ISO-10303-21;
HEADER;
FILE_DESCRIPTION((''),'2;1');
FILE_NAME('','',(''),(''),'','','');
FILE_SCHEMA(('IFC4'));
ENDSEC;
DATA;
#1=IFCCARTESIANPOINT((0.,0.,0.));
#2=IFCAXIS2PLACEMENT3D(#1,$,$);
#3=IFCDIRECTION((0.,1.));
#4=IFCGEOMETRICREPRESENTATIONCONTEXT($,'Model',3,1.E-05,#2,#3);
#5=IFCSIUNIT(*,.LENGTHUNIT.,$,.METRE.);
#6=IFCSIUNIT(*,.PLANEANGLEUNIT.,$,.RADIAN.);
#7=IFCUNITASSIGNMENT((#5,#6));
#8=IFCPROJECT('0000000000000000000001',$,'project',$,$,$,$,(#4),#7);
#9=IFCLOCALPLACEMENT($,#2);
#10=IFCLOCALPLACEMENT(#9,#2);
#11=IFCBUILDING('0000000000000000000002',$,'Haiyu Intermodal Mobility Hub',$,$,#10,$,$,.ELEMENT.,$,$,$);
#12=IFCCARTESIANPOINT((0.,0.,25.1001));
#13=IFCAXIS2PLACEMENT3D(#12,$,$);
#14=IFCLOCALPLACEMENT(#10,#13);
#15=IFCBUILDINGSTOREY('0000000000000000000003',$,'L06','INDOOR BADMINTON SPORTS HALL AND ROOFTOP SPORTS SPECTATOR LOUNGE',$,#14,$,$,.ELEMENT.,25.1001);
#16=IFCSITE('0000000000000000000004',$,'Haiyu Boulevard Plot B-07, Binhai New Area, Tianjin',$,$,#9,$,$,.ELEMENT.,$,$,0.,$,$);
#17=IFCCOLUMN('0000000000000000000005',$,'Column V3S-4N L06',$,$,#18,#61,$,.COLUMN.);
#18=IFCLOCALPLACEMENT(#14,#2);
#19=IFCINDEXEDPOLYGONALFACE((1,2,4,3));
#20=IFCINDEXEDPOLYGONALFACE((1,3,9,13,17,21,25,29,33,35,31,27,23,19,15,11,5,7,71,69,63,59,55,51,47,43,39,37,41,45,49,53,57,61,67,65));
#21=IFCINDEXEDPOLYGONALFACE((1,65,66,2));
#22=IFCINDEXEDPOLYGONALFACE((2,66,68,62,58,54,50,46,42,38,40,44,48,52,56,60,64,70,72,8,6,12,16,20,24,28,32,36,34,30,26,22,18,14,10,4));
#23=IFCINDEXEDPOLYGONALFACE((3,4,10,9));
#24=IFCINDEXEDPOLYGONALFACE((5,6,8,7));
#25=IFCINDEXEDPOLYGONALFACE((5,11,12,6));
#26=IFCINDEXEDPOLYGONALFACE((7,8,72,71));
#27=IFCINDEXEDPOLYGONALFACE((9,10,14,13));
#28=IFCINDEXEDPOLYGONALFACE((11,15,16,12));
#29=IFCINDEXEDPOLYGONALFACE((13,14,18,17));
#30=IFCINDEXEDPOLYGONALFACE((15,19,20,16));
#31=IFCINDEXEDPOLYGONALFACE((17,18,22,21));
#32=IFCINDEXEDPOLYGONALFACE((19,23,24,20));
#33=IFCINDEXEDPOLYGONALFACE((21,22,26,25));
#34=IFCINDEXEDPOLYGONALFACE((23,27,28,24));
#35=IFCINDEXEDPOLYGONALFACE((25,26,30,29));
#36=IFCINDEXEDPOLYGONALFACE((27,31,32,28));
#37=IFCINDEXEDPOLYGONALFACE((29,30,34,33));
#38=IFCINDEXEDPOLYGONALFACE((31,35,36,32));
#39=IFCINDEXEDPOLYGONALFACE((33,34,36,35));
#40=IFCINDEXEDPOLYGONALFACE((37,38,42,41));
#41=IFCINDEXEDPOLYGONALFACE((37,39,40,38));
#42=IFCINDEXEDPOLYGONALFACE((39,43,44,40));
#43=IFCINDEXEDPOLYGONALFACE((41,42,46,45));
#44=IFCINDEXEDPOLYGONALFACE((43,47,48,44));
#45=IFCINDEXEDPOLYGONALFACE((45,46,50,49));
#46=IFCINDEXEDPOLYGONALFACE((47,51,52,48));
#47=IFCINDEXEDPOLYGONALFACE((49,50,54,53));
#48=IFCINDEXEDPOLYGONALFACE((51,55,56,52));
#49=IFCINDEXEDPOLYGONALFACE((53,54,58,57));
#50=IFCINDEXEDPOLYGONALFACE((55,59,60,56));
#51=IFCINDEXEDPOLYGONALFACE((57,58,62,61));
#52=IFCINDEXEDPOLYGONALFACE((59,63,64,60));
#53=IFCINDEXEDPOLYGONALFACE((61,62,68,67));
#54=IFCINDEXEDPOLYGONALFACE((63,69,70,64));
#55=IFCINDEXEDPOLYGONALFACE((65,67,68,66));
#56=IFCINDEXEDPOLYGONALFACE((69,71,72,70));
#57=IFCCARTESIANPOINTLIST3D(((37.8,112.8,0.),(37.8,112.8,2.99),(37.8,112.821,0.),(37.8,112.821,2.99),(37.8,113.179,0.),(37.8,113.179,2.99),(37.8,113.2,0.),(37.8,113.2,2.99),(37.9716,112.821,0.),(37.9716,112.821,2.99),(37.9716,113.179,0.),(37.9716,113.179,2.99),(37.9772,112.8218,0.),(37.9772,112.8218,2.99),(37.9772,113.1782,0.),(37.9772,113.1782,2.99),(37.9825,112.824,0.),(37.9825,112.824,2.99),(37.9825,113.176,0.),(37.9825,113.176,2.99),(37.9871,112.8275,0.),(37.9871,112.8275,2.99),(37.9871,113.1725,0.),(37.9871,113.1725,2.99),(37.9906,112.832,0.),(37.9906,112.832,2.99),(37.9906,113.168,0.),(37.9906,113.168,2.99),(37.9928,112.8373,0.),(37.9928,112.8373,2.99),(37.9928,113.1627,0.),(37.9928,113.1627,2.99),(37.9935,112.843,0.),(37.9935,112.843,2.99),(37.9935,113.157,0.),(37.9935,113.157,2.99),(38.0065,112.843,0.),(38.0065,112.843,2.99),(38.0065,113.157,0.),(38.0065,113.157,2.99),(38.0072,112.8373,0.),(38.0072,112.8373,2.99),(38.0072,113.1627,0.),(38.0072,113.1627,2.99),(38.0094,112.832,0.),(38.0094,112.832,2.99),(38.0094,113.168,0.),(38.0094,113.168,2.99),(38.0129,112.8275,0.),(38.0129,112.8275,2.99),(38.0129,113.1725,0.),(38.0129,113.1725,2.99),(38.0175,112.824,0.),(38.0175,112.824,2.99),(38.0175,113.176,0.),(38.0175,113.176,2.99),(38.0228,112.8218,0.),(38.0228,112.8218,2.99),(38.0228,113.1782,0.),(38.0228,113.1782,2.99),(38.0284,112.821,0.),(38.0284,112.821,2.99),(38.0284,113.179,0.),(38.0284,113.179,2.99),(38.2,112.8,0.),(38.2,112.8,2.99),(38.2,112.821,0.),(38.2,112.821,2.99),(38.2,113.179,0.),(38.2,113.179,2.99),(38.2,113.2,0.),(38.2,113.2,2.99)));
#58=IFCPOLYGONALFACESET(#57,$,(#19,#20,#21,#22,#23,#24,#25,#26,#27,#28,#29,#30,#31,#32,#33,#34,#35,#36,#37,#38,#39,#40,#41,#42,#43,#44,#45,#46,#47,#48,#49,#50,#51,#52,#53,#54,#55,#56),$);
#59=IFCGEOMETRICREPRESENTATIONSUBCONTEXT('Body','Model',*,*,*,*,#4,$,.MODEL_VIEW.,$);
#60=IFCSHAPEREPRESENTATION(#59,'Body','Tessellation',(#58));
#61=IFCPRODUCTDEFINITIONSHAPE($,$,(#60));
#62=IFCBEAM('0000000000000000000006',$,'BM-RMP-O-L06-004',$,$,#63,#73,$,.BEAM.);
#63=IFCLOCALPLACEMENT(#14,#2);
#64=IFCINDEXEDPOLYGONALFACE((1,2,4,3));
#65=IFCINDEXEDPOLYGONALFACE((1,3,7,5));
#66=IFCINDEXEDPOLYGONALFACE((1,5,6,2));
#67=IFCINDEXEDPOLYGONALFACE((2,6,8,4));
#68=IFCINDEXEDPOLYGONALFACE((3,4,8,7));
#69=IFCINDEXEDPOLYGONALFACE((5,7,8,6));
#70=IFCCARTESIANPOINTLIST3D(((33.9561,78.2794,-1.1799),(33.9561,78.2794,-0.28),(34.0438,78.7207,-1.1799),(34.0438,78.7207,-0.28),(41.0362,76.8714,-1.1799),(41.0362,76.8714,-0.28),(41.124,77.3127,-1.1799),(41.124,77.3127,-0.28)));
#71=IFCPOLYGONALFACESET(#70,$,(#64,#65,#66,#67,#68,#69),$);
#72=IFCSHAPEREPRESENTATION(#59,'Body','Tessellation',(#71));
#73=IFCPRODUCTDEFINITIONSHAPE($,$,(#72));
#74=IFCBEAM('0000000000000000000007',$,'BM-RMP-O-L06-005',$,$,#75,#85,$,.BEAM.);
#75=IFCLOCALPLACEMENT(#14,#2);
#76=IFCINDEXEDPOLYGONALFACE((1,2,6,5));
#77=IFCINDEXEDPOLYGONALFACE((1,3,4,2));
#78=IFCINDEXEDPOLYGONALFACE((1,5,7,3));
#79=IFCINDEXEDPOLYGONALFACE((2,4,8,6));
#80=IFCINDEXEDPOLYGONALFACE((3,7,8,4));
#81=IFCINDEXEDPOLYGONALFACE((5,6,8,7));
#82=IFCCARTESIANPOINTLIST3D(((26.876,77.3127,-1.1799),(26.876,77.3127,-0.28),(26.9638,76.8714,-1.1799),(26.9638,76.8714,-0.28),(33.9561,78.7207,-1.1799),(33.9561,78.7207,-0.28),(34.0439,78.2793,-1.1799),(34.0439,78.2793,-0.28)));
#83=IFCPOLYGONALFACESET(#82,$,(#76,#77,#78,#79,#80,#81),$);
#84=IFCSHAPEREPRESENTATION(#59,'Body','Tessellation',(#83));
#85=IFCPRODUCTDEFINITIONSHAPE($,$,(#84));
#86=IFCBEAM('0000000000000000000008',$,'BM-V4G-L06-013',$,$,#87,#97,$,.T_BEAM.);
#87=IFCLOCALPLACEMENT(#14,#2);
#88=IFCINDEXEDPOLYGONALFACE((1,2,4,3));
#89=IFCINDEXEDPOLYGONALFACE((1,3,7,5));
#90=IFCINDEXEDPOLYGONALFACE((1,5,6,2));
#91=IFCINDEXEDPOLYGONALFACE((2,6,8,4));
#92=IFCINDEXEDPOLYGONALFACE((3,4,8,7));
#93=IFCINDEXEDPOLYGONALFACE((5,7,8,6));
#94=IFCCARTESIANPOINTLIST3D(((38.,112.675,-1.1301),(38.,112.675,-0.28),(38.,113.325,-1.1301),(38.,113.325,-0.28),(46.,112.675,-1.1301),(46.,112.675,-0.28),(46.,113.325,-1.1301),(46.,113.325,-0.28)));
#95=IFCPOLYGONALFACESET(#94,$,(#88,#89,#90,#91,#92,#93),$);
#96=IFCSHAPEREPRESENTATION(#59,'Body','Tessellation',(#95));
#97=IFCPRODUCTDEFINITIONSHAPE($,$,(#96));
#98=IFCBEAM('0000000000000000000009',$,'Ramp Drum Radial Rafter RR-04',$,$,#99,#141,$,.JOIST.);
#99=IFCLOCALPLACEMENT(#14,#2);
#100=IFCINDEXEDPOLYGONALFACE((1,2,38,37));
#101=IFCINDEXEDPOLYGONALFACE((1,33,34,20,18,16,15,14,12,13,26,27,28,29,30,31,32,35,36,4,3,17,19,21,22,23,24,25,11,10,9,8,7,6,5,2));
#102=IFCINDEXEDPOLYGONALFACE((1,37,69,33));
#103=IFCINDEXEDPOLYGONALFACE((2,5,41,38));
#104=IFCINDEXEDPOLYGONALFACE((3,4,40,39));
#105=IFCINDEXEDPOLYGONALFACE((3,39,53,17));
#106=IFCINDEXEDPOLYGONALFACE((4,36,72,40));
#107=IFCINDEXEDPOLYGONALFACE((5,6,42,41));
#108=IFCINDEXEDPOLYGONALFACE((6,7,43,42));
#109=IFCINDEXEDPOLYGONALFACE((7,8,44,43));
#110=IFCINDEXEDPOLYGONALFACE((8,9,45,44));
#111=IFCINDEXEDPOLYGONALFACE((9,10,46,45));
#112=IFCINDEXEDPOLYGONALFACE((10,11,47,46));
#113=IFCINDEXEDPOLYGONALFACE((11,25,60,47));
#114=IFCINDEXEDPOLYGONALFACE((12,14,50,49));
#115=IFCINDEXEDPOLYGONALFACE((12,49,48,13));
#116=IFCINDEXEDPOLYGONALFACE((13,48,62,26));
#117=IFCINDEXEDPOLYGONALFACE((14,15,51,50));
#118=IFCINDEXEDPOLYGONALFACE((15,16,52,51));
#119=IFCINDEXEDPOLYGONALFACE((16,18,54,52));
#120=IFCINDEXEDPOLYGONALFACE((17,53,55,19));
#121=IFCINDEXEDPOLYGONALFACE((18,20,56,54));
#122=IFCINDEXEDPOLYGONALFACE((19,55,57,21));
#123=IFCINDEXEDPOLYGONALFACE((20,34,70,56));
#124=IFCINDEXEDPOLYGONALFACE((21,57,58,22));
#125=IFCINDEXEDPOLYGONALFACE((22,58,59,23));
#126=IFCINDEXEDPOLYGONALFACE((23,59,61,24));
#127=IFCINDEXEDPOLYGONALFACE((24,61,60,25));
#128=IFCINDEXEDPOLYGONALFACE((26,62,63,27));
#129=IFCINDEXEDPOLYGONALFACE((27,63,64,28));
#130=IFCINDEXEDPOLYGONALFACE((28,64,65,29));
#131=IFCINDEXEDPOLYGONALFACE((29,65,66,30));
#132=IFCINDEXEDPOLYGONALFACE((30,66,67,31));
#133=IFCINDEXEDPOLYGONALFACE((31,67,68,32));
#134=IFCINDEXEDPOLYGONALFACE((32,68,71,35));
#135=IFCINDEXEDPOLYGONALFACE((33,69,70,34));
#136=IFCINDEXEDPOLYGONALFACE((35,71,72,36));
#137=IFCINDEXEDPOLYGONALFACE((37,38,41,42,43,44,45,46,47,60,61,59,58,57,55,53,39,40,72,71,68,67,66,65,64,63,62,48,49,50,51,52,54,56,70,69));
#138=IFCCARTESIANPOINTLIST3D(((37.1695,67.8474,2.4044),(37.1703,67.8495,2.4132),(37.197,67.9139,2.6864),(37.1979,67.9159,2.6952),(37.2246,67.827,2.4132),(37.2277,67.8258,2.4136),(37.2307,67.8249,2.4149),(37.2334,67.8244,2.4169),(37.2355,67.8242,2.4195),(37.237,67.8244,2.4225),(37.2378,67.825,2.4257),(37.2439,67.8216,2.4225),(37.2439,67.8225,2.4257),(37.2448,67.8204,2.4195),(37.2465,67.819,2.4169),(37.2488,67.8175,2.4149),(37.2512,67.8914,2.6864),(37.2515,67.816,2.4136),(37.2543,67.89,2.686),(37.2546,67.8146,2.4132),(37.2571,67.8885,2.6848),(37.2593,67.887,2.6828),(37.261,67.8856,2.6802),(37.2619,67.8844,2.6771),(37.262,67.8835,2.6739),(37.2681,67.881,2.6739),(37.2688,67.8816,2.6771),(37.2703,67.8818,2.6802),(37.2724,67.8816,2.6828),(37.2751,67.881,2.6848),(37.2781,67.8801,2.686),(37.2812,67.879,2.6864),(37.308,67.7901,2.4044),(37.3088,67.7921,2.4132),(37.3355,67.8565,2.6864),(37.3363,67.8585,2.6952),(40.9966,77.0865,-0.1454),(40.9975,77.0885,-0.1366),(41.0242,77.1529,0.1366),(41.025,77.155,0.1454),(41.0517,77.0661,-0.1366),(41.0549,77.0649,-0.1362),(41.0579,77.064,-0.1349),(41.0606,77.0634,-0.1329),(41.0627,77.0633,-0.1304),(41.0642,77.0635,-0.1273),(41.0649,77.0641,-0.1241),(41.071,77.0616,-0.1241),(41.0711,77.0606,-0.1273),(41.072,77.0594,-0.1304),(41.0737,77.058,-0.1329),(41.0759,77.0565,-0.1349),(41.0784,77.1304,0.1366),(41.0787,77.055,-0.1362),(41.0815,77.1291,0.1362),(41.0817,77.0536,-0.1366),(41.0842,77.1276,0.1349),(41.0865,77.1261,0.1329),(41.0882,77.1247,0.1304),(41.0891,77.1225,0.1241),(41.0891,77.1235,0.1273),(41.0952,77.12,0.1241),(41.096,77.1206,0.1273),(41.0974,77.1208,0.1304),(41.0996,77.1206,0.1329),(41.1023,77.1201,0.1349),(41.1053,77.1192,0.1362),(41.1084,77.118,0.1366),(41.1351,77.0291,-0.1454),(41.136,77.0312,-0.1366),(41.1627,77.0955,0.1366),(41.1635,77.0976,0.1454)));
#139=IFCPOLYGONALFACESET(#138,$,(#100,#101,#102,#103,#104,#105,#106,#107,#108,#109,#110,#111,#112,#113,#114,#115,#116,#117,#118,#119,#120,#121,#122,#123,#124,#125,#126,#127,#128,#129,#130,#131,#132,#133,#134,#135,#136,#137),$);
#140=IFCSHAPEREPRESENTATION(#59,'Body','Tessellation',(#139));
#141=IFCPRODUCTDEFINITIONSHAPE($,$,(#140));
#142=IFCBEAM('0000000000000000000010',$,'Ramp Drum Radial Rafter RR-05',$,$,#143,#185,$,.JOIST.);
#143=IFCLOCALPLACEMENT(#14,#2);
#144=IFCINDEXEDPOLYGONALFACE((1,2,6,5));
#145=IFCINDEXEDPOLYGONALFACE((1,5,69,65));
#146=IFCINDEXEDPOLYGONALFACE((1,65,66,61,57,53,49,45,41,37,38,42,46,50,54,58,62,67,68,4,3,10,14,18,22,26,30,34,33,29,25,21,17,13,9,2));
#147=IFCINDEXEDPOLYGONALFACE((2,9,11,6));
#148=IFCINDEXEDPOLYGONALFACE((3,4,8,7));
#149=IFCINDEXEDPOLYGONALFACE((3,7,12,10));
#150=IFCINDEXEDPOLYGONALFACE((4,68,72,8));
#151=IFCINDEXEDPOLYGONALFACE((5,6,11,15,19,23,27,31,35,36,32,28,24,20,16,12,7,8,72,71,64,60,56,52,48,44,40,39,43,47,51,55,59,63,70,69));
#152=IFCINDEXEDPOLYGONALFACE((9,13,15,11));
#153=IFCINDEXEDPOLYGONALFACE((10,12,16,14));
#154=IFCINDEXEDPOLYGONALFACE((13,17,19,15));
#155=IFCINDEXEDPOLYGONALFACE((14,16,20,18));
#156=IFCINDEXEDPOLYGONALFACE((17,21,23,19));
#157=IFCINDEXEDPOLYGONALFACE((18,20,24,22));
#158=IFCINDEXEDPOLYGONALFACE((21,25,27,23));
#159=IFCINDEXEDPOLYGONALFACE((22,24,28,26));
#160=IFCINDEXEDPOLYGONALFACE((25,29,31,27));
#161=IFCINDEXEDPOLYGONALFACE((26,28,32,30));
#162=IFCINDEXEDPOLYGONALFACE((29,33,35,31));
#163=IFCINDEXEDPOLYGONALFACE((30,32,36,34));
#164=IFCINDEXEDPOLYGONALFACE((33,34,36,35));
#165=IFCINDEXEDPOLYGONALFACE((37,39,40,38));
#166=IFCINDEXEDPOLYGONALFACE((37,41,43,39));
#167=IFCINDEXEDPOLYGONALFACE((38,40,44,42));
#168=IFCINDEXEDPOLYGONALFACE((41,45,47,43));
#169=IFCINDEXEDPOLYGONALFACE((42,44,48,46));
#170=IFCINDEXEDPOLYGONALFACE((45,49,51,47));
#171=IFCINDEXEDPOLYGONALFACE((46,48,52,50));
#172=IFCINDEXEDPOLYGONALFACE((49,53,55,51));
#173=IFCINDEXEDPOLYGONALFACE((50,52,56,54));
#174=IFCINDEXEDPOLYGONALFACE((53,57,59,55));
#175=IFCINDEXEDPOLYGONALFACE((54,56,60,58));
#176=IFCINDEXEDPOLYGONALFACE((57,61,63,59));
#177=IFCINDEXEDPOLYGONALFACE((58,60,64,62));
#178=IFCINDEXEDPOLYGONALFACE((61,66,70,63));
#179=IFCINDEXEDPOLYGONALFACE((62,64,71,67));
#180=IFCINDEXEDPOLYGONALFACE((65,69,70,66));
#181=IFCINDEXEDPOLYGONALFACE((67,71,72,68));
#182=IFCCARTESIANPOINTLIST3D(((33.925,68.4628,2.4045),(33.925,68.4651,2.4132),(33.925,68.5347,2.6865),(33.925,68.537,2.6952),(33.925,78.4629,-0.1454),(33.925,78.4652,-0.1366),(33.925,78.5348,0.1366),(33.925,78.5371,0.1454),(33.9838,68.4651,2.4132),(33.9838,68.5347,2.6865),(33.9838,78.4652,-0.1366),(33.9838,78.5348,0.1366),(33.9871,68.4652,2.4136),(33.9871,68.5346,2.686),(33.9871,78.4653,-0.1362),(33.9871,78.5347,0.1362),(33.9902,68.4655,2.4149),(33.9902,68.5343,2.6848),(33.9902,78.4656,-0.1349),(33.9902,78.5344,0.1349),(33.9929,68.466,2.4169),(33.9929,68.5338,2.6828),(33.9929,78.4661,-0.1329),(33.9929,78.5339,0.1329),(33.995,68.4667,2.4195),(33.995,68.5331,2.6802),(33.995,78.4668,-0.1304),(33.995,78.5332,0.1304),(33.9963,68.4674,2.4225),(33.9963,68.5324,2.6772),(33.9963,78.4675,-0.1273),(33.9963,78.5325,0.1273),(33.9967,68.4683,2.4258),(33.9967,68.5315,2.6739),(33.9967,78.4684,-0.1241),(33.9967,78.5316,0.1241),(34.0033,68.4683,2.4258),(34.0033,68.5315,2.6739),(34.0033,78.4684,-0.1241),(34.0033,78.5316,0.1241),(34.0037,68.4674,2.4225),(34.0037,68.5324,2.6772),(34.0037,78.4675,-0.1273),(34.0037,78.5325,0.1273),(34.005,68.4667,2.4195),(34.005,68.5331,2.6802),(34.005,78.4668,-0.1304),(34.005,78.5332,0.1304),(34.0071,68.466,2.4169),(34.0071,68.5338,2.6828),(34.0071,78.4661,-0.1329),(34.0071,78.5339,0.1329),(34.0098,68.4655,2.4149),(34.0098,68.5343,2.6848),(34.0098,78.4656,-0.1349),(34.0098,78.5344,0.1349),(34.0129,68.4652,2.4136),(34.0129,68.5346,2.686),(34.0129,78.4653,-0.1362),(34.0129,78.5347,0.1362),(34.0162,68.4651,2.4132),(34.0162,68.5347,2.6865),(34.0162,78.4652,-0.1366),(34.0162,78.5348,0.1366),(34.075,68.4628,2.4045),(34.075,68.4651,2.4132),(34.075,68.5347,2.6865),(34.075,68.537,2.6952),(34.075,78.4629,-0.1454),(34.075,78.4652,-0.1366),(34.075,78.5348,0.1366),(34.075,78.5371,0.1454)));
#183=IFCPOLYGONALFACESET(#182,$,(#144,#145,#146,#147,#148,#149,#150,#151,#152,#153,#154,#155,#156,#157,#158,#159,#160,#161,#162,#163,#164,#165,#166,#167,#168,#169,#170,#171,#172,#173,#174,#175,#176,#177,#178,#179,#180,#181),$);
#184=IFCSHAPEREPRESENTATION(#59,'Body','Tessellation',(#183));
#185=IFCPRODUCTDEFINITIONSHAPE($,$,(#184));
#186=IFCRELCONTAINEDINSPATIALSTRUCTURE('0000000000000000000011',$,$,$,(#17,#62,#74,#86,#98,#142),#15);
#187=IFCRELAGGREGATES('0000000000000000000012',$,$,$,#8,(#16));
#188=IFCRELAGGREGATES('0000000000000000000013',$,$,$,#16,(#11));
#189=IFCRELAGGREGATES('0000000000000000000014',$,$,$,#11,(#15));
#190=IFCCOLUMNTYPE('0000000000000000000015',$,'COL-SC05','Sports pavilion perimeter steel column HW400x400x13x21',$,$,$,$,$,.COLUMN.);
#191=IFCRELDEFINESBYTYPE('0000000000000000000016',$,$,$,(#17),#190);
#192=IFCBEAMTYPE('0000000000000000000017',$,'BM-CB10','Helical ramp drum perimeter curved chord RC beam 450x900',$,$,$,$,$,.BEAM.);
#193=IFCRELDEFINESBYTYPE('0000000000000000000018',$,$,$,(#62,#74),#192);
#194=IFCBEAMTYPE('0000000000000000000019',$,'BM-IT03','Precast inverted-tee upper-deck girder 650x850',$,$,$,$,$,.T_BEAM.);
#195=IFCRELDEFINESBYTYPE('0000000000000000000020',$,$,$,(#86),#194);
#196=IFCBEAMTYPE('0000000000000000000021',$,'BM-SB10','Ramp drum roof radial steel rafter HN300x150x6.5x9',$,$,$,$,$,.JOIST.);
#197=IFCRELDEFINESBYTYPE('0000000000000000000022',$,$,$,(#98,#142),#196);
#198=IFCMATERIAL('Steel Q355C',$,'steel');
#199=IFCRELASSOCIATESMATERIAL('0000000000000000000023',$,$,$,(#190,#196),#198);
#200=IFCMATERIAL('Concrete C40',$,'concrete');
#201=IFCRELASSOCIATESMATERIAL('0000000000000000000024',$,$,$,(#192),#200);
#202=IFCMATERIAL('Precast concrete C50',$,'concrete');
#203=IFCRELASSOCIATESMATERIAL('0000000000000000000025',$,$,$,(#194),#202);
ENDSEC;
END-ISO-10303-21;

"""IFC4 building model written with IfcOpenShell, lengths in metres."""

from ifc_helpers import new_model, si_unit, direction, frame, origin, origin_2d, place, context, subcontext, project, spatial, rectangle, i_section, extrude, material, material_profile, profile_set, type_object, element, save


model = new_model("IFC4")

# Units and contexts
model_context = context("Model", 3, precision=1e-05, world=origin(), true_north=direction((0.0, 1.0)))
body_context = subcontext(model_context, "Body", "Model", "MODEL_VIEW")
ifc_project = project(units=[si_unit("LENGTHUNIT", "METRE"), si_unit("PLANEANGLEUNIT", "RADIAN")], contexts=[model_context])

# Site, building, storey
site_placement = place(None, origin())
site = spatial("IfcSite", under=ifc_project, at=site_placement, Name="Haiyu Boulevard Plot B-07, Binhai New Area, Tianjin", CompositionType="ELEMENT", RefElevation=0.0)
building_placement = place(site_placement, origin())
building = spatial("IfcBuilding", under=site, at=building_placement, Name="Haiyu Intermodal Mobility Hub", CompositionType="ELEMENT")
storey_placement = place(building_placement, frame((0.0, 0.0, 25.1001)))
storey = spatial("IfcBuildingStorey", under=building, at=storey_placement, Name="L06", Description="INDOOR BADMINTON SPORTS HALL AND ROOFTOP SPORTS SPECTATOR LOUNGE", CompositionType="ELEMENT", Elevation=25.1001)

# Column
ifc_material_1 = material(Name="Steel Q355C", Category="steel")
ifc_material_profile_1 = material_profile(ifc_material_1, i_section(OverallWidth=0.3999, OverallDepth=0.3999, WebThickness=0.0129, FlangeThickness=0.021, FilletRadius=0.022, at=origin_2d()), Name="HW400x400x13x21")
ifc_profile_set_1 = profile_set([ifc_material_profile_1], Name="Steel Q355C")
column_type = type_object("IfcColumnType", Name="COL-SC05", Description="Sports pavilion perimeter steel column HW400x400x13x21", PredefinedType="COLUMN", material=ifc_profile_set_1)
column_placement = place(storey_placement, frame((38.0, 113.0, 0.0), z_axis=(0.0, 0.0, 1.0), x_axis=(1.0, 0.0, 0.0)))
element("IfcColumn", 1, at=column_placement, inside=storey, type_object=column_type, Name="Column V3S-4N L06", PredefinedType="COLUMN", context=body_context, shape_type="SweptSolid", body=[
    extrude(i_section(OverallWidth=0.3999, OverallDepth=0.3999, WebThickness=0.0129, FlangeThickness=0.021, FilletRadius=0.022, at=origin_2d()), origin(), (0.0, 0.0, 1.0), 2.99),
])

# Beams
ifc_material_2 = material(Name="Concrete C40", Category="concrete")
ifc_material_profile_2 = material_profile(ifc_material_2, rectangle(XDim=0.45, YDim=0.8999, at=origin_2d()), Name="RCB450x900")
ifc_profile_set_2 = profile_set([ifc_material_profile_2], Name="Concrete C40")
beam_type_1 = type_object("IfcBeamType", Name="BM-CB10", Description="Helical ramp drum perimeter curved chord RC beam 450x900", PredefinedType="BEAM", material=ifc_profile_set_2)
for number, where, z_axis, x_axis, name in (
    (2, (41.0801, 77.092, -0.73), (-0.980795, 0.195043, 0.0), (-0.195043, -0.980795, 0.0), "BM-RMP-O-L06-004"),
    (3, (34.0, 78.5, -0.73), (-0.980795, -0.195043, 0.0), (0.195043, -0.980795, 0.0), "BM-RMP-O-L06-005"),
):
    element("IfcBeam", number, at=place(storey_placement, frame(where, z_axis=z_axis, x_axis=x_axis)), inside=storey, type_object=beam_type_1, Name=name, PredefinedType="BEAM", context=body_context, shape_type="SweptSolid", body=[
        extrude(rectangle(XDim=0.45, YDim=0.8999, at=origin_2d()), origin(), (0.0, 0.0, 1.0), 7.2188),
    ])
ifc_material_3 = material(Name="Precast concrete C50", Category="concrete")
ifc_material_profile_3 = material_profile(ifc_material_3, rectangle(XDim=0.6499, YDim=0.8501, at=origin_2d()), Name="PC650x850")
ifc_profile_set_3 = profile_set([ifc_material_profile_3], Name="Precast concrete C50")
beam_type_2 = type_object("IfcBeamType", Name="BM-IT03", Description="Precast inverted-tee upper-deck girder 650x850", PredefinedType="T_BEAM", material=ifc_profile_set_3)
beam_1_placement = place(storey_placement, frame((38.0, 113.0, -0.7051), z_axis=(1.0, 0.0, 0.0), x_axis=(0.0, 1.0, 0.0)))
element("IfcBeam", 4, at=beam_1_placement, inside=storey, type_object=beam_type_2, Name="BM-V4G-L06-013", PredefinedType="T_BEAM", context=body_context, shape_type="SweptSolid", body=[
    extrude(rectangle(XDim=0.6499, YDim=0.8501, at=origin_2d()), origin(), (0.0, 0.0, 1.0), 8.0),
])
ifc_material_profile_4 = material_profile(ifc_material_1, i_section(OverallWidth=0.1499, OverallDepth=0.3, WebThickness=0.0066, FlangeThickness=0.009, FilletRadius=0.0129, at=origin_2d()), Name="HN300x150x6.5x9")
ifc_profile_set_4 = profile_set([ifc_material_profile_4], Name="Steel Q355C")
beam_type_3 = type_object("IfcBeamType", Name="BM-SB10", Description="Ramp drum roof radial steel rafter HN300x150x6.5x9", PredefinedType="JOIST", material=ifc_profile_set_4)
beam_2_placement = place(storey_placement, frame((41.0801, 77.092, 0.0), z_axis=(-0.370838, -0.89523, 0.247068), x_axis=(0.923872, -0.382703, 0.0)))
element("IfcBeam", 5, at=beam_2_placement, inside=storey, type_object=beam_type_3, Name="Ramp Drum Radial Rafter RR-04", PredefinedType="JOIST", context=body_context, shape_type="SweptSolid", body=[
    extrude(i_section(OverallWidth=0.1499, OverallDepth=0.3, WebThickness=0.0066, FlangeThickness=0.009, FilletRadius=0.0129, at=origin_2d()), origin(), (0.0, 0.0, 1.0), 10.3203),
])
beam_3_placement = place(storey_placement, frame((34.0, 78.5, 0.0), z_axis=(0.0, -0.968996, 0.247075), x_axis=(1.0, 0.0, 0.0)))
element("IfcBeam", 6, at=beam_3_placement, inside=storey, type_object=beam_type_3, Name="Ramp Drum Radial Rafter RR-05", PredefinedType="JOIST", context=body_context, shape_type="SweptSolid", body=[
    extrude(i_section(OverallWidth=0.1499, OverallDepth=0.3, WebThickness=0.0066, FlangeThickness=0.009, FilletRadius=0.0129, at=origin_2d()), origin(), (0.0, 0.0, 1.0), 10.3201),
])

save(model, "model.ifc")
